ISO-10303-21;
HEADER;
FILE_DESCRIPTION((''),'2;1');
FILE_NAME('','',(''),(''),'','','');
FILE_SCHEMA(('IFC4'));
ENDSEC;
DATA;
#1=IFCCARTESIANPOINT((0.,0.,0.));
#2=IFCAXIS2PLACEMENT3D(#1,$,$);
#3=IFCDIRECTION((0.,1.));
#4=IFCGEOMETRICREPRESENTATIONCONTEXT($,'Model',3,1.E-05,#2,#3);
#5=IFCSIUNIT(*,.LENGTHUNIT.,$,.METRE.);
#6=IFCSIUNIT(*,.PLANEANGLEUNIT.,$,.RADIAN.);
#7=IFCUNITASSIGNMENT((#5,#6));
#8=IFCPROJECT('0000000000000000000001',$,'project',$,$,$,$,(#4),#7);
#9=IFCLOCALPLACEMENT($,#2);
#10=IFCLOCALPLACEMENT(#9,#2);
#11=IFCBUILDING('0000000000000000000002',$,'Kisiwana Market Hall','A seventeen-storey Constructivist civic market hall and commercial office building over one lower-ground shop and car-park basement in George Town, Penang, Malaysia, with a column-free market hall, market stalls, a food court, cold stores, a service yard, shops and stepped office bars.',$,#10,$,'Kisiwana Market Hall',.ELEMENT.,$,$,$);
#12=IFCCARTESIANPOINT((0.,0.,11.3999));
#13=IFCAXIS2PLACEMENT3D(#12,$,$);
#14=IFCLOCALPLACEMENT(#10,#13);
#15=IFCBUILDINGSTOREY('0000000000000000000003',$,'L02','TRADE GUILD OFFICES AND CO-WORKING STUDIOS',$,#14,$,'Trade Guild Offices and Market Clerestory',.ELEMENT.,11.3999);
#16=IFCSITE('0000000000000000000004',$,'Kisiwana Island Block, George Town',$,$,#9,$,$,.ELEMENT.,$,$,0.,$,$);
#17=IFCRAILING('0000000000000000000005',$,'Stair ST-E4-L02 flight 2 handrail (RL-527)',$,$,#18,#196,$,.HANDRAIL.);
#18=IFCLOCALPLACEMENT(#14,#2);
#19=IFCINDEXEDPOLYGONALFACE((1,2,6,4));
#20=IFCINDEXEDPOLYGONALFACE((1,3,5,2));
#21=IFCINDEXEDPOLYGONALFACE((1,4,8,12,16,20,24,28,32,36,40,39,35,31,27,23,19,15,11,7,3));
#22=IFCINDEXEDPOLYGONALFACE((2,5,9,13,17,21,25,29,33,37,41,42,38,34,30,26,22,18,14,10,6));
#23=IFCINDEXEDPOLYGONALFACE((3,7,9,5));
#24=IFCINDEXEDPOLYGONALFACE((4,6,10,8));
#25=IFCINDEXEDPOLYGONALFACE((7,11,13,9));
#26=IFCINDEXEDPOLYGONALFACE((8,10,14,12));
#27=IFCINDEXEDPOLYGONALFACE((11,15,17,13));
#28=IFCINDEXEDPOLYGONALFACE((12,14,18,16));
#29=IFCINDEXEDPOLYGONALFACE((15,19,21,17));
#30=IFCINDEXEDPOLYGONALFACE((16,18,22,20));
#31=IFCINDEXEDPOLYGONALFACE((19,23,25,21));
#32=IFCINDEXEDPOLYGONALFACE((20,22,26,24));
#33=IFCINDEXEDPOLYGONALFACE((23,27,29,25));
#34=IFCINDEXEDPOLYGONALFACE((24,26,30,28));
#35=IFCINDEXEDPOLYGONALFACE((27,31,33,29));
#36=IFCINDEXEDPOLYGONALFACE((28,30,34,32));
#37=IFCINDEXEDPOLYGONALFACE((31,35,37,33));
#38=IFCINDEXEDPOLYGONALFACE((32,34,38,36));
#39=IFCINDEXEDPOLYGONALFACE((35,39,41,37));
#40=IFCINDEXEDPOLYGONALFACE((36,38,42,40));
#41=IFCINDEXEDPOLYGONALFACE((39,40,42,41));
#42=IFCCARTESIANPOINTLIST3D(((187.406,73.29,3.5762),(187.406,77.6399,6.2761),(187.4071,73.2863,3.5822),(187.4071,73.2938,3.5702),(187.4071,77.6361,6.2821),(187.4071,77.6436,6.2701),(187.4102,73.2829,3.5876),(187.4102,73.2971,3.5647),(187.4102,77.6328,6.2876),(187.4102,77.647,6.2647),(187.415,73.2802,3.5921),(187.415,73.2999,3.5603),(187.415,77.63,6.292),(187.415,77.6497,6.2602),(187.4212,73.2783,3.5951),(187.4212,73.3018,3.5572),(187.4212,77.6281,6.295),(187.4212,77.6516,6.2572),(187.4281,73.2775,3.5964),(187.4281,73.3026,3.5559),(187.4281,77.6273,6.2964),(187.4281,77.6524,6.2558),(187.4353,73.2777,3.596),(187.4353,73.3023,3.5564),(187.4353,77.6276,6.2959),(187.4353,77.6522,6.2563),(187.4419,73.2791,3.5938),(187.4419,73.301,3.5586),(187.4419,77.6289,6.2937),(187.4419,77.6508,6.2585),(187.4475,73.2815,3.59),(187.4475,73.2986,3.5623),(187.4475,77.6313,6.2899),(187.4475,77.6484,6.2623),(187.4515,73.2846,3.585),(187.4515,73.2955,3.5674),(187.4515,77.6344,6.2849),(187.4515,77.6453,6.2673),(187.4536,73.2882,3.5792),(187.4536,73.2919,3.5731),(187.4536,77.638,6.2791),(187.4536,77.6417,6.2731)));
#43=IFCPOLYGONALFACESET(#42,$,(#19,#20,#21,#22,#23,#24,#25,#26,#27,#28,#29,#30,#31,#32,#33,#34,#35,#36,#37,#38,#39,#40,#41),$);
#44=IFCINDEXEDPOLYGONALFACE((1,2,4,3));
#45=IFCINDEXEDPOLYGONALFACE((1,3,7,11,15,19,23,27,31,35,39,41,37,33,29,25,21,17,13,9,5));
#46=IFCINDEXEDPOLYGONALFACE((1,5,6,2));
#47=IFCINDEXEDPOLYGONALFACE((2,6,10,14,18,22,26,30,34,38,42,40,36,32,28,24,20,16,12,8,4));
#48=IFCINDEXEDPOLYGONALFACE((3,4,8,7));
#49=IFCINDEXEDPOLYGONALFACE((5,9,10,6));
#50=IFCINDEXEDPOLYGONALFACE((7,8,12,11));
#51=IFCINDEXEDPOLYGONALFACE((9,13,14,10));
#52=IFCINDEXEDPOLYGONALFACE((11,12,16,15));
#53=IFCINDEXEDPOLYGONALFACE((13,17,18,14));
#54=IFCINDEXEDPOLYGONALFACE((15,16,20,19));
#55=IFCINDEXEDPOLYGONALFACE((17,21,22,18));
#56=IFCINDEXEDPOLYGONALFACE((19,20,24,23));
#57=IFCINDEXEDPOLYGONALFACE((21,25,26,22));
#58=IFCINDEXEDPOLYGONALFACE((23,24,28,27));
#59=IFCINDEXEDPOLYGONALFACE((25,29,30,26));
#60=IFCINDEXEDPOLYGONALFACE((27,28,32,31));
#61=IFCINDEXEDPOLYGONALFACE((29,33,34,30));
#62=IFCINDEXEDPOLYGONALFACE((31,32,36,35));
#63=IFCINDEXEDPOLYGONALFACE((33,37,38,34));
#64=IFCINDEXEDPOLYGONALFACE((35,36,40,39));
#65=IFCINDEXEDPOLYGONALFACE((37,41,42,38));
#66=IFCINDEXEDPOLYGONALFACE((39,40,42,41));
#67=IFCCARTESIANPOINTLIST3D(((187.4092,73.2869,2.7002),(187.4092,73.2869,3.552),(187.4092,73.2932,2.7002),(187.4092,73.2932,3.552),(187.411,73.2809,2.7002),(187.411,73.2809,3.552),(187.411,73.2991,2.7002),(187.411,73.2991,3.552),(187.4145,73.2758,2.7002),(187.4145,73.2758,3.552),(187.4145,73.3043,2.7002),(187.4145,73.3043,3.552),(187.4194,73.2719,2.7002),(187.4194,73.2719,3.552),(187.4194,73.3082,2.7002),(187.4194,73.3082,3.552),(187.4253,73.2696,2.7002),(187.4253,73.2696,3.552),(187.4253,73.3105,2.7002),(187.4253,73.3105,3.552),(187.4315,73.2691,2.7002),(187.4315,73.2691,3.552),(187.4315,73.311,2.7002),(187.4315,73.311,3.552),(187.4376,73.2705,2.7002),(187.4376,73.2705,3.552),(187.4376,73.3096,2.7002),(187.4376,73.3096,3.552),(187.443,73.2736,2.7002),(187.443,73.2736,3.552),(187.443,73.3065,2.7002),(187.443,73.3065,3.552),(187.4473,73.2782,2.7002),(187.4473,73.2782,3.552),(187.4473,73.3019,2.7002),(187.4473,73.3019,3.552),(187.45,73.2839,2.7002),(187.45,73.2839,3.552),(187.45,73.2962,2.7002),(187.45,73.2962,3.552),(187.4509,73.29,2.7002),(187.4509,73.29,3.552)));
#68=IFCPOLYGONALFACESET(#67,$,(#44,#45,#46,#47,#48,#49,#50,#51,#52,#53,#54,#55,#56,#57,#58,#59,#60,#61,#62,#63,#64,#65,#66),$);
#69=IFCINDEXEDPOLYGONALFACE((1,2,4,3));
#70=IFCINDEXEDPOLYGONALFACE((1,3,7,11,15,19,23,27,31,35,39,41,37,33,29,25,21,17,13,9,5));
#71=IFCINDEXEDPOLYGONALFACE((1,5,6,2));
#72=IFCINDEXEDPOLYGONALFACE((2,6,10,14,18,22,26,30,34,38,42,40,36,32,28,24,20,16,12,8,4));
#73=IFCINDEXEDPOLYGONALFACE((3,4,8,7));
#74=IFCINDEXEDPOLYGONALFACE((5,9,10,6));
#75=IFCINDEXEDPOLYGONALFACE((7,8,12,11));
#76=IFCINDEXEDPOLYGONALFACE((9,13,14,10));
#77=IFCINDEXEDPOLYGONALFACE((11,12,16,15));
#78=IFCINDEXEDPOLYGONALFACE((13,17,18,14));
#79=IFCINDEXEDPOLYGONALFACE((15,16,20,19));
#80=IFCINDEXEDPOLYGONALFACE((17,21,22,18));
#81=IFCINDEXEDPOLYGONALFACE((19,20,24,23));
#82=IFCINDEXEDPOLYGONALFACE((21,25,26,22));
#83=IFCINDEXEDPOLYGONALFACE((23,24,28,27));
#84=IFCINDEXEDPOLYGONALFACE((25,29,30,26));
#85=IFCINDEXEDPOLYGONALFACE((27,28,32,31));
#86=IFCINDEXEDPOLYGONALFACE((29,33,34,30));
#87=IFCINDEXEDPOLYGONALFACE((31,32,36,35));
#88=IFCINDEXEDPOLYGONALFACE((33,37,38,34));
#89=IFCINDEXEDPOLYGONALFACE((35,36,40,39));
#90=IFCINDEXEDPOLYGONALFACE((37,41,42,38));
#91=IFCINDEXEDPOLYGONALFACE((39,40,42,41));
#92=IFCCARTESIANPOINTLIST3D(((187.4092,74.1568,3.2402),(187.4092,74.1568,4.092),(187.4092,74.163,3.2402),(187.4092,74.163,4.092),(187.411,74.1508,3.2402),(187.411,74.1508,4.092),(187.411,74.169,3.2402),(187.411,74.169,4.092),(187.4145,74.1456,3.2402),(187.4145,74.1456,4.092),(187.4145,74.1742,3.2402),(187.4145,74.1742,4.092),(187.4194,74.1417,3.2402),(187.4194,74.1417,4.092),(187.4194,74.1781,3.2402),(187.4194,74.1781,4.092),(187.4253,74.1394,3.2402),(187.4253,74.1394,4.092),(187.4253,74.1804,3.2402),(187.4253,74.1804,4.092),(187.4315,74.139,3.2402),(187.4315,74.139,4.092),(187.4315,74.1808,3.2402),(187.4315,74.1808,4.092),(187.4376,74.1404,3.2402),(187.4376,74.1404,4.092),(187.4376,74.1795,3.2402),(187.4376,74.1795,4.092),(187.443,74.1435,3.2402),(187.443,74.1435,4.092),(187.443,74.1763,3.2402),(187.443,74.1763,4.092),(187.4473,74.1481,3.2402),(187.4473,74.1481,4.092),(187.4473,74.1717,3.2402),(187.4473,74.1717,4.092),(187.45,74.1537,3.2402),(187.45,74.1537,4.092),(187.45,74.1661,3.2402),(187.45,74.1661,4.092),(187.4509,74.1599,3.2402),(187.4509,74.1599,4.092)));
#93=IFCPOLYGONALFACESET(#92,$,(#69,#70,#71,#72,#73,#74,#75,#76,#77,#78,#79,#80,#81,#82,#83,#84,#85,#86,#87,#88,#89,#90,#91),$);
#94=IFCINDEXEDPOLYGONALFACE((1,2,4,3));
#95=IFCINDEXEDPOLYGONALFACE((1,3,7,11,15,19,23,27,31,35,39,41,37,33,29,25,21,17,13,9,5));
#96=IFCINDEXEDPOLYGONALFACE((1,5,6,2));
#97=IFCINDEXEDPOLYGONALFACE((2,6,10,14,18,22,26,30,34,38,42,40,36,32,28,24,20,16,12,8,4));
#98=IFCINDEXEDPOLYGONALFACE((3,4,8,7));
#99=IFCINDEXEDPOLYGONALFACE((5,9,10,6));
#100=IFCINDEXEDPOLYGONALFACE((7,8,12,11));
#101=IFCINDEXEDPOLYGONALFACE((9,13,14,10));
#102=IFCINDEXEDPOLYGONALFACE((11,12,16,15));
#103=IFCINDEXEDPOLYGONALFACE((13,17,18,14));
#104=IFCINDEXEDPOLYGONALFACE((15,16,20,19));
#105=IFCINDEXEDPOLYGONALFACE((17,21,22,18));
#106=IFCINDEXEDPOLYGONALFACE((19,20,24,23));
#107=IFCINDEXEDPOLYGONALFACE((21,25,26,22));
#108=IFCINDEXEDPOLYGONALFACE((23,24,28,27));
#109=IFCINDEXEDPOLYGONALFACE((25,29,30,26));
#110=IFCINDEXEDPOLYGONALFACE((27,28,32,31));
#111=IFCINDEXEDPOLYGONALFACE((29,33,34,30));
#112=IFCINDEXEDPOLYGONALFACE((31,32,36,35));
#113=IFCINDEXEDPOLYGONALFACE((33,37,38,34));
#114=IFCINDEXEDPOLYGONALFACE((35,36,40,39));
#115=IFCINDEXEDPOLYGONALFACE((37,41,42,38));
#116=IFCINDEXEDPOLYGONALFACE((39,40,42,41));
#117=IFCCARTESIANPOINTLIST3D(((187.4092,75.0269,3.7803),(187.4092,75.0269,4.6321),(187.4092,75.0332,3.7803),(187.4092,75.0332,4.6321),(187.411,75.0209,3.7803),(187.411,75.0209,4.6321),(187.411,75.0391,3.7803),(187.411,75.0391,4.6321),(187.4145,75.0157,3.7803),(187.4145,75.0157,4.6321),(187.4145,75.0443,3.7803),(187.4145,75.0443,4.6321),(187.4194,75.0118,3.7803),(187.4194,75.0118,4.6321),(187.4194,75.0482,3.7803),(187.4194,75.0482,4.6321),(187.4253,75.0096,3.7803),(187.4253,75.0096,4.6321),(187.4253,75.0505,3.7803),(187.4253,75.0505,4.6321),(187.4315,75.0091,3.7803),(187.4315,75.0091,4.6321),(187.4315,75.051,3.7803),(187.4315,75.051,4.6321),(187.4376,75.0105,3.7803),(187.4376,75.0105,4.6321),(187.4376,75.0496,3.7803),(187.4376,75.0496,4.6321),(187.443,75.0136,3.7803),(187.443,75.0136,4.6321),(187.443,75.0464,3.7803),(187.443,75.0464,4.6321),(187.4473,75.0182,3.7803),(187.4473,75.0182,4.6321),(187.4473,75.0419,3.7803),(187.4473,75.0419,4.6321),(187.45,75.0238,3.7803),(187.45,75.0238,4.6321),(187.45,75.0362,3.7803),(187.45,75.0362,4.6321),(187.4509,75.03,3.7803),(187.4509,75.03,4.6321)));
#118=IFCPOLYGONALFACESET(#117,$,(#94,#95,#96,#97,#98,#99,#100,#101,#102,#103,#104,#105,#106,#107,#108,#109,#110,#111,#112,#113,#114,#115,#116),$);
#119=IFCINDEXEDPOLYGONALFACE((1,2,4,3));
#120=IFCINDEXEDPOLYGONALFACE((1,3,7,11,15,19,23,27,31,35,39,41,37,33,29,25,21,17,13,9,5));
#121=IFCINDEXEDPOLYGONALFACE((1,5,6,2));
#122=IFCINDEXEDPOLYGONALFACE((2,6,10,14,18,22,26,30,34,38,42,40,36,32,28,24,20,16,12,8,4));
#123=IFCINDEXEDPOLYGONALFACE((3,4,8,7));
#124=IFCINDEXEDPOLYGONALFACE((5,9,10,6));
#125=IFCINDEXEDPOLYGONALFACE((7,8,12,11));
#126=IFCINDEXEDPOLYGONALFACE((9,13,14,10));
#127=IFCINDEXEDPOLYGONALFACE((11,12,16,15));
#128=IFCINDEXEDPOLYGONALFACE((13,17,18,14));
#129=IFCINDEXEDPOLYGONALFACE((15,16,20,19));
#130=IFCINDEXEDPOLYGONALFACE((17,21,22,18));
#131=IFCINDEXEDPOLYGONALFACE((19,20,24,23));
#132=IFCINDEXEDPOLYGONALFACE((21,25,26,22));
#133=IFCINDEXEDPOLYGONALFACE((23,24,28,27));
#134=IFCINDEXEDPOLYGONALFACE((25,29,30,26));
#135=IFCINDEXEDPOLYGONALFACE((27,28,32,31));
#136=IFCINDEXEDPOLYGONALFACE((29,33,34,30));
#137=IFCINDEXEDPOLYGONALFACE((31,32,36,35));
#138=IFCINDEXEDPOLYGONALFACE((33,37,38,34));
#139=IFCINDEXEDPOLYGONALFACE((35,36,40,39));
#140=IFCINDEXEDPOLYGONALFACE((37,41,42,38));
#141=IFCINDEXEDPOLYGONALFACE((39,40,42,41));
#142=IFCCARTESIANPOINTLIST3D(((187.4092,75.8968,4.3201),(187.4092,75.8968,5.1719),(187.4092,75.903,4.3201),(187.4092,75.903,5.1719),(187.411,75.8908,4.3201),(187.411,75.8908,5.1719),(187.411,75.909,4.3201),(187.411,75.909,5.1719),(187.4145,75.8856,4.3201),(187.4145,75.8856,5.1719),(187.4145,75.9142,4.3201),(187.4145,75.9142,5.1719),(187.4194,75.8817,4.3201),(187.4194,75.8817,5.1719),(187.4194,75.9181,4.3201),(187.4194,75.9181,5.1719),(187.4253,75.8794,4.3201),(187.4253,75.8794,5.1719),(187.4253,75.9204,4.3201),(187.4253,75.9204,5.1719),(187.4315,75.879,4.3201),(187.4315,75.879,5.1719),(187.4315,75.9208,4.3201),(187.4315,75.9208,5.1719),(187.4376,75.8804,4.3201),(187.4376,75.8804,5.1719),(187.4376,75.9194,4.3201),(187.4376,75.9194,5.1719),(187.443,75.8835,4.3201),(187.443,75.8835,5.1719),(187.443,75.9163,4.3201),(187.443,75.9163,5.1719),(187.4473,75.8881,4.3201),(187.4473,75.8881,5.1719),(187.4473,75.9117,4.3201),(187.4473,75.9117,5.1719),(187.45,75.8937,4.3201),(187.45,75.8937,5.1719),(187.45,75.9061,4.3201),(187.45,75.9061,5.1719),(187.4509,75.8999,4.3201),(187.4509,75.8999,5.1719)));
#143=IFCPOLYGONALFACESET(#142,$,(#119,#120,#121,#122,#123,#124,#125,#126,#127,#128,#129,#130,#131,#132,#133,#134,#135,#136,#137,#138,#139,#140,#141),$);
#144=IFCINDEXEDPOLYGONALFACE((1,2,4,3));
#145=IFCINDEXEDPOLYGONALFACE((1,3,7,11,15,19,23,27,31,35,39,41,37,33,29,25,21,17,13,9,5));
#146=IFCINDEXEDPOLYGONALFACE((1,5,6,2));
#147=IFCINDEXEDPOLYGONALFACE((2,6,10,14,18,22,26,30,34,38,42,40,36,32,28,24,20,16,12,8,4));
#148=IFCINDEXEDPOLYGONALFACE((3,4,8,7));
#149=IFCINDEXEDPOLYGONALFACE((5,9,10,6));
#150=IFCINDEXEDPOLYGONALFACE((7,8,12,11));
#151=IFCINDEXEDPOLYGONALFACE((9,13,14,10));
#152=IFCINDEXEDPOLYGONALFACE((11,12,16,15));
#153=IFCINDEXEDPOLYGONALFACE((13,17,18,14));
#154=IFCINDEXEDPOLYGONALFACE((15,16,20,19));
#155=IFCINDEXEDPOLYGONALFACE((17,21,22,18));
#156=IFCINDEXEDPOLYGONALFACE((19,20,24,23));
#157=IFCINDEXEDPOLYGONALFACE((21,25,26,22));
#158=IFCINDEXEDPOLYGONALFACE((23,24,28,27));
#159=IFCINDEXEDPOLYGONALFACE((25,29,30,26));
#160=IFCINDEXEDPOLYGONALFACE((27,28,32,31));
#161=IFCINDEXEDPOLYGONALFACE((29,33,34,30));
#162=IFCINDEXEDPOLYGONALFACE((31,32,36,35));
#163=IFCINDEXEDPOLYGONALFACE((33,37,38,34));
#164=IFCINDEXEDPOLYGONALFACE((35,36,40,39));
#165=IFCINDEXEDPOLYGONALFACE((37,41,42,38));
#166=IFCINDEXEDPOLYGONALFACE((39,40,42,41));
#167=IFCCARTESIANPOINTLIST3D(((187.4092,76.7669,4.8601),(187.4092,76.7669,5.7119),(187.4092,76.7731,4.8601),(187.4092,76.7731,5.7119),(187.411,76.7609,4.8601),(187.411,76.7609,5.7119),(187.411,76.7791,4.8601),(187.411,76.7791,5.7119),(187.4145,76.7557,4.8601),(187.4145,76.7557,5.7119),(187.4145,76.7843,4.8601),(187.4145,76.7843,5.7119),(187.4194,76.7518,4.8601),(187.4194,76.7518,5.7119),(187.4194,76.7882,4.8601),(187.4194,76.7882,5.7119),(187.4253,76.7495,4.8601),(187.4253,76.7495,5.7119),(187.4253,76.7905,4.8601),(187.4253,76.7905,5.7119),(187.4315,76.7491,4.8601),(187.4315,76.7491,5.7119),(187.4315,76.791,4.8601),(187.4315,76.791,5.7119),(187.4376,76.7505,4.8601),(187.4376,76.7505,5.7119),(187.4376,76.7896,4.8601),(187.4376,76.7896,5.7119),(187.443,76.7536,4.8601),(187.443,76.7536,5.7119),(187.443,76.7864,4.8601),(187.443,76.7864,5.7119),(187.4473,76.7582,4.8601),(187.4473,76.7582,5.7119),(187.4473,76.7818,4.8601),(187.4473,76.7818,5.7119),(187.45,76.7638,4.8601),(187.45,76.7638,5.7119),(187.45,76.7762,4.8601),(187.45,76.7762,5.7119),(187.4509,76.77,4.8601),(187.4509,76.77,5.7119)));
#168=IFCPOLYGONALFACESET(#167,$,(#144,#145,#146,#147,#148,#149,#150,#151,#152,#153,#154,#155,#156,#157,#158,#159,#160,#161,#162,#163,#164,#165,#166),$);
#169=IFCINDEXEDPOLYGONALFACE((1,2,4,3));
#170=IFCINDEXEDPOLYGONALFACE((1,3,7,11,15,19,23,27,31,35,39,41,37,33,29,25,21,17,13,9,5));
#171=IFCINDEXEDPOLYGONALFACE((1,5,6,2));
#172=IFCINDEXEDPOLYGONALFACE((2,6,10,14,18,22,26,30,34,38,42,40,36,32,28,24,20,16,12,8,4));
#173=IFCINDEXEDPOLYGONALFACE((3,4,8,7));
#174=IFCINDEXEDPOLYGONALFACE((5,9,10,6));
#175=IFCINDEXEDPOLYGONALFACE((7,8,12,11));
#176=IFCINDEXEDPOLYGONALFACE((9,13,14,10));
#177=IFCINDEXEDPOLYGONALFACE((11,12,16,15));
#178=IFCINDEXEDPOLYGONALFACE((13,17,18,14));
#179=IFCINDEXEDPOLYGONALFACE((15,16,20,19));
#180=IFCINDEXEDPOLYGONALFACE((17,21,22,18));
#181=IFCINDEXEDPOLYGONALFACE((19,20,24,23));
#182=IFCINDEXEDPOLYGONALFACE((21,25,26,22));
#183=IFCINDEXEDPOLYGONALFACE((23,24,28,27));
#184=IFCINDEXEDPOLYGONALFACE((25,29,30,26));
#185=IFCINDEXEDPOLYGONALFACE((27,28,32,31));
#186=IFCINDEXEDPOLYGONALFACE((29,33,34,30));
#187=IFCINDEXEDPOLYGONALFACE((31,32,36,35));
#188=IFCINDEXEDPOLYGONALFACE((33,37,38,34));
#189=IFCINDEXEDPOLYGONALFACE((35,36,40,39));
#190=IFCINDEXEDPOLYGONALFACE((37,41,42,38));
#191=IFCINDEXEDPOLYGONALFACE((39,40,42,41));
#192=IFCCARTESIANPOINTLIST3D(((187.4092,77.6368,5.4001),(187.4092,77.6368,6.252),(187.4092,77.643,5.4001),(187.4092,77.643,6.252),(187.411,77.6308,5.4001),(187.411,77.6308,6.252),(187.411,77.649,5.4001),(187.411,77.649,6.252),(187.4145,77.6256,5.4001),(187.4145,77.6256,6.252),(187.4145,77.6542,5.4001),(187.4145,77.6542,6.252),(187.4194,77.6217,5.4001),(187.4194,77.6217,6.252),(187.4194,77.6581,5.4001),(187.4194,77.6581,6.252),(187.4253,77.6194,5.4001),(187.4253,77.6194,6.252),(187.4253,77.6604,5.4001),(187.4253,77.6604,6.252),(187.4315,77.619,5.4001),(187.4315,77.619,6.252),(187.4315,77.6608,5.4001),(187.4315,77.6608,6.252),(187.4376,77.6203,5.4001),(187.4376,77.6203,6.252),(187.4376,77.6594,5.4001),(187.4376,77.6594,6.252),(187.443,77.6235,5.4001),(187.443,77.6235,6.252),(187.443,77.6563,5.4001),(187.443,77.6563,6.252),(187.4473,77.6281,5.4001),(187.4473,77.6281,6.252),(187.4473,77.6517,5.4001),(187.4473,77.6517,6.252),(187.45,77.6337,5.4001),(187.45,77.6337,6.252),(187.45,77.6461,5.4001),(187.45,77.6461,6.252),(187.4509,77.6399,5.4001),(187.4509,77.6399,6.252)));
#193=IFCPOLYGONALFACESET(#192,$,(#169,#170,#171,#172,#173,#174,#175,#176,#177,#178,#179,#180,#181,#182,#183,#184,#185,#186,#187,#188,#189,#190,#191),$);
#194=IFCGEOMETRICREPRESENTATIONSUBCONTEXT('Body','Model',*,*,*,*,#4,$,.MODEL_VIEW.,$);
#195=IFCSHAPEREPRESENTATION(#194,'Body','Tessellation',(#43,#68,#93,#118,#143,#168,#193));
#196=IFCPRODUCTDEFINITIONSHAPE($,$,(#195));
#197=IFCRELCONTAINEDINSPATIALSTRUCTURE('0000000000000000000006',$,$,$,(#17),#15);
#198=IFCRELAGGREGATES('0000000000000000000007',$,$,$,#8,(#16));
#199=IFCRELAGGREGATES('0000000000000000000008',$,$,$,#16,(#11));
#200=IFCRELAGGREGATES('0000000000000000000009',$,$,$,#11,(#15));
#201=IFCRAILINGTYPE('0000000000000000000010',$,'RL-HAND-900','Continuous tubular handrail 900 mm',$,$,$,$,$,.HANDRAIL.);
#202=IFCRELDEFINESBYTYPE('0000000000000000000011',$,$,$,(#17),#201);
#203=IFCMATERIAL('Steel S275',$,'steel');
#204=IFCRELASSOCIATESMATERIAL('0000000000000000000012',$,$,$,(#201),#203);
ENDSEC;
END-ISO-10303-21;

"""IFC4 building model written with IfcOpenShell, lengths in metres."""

from ifc_helpers import new_model, si_unit, direction, frame, origin, origin_2d, place, context, subcontext, project, spatial, circle, extrude, material, type_object, element, save


model = new_model("IFC4")

# Units and contexts
model_context = context("Model", 3, precision=1e-05, world=origin(), true_north=direction((0.0, 1.0)))
body_context = subcontext(model_context, "Body", "Model", "MODEL_VIEW")
ifc_project = project(units=[si_unit("LENGTHUNIT", "METRE"), si_unit("PLANEANGLEUNIT", "RADIAN")], contexts=[model_context])

# Site, building, storey
site_placement = place(None, origin())
site = spatial("IfcSite", under=ifc_project, at=site_placement, Name="Kisiwana Island Block, George Town", CompositionType="ELEMENT", RefElevation=0.0)
building_placement = place(site_placement, origin())
building = spatial("IfcBuilding", under=site, at=building_placement, Name="Kisiwana Market Hall", Description="A seventeen-storey Constructivist civic market hall and commercial office building over one lower-ground shop and car-park basement in George Town, Penang, Malaysia, with a column-free market hall, market stalls, a food court, cold stores, a service yard, shops and stepped office bars.", LongName="Kisiwana Market Hall", CompositionType="ELEMENT")
storey_placement = place(building_placement, frame((0.0, 0.0, 11.3999)))
storey = spatial("IfcBuildingStorey", under=building, at=storey_placement, Name="L02", Description="TRADE GUILD OFFICES AND CO-WORKING STUDIOS", LongName="Trade Guild Offices and Market Clerestory", CompositionType="ELEMENT", Elevation=11.3999)

# Railing
ifc_material_1 = material(Name="Steel S275", Category="steel")
railing_type_1 = type_object("IfcRailingType", Name="RL-HAND-900", Description="Continuous tubular handrail 900 mm", PredefinedType="HANDRAIL", material=ifc_material_1)
railing_1_placement = place(storey_placement, frame((187.4299, 73.29, 2.7002)))
element("IfcRailing", 1, at=railing_1_placement, inside=storey, type_object=railing_type_1, Name="Stair ST-E4-L02 flight 2 handrail (RL-527)", PredefinedType="HANDRAIL", context=body_context, shape_type="SweptSolid", body=[
    extrude(circle(Radius=0.0239, at=origin_2d()), frame((0.0, 0.0, 0.876), z_axis=(0.0, 0.849636, 0.527369), x_axis=(-1.0, 0.0, 0.0)), (0.0, 0.0, 1.0), 5.1196),
    extrude(circle(Radius=0.021, at=origin_2d()), origin(), (0.0, 0.0, 1.0), 0.8518),
    extrude(circle(Radius=0.021, at=origin_2d()), frame((0.0, 0.8699, 0.54)), (0.0, 0.0, 1.0), 0.8518),
    extrude(circle(Radius=0.021, at=origin_2d()), frame((0.0, 1.74, 1.0801)), (0.0, 0.0, 1.0), 0.8518),
    extrude(circle(Radius=0.021, at=origin_2d()), frame((0.0, 2.6099, 1.6199)), (0.0, 0.0, 1.0), 0.8518),
    extrude(circle(Radius=0.021, at=origin_2d()), frame((0.0, 3.48, 2.1599)), (0.0, 0.0, 1.0), 0.8518),
    extrude(circle(Radius=0.021, at=origin_2d()), frame((0.0, 4.3499, 2.7)), (0.0, 0.0, 1.0), 0.8518),
])

save(model, "model.ifc")
